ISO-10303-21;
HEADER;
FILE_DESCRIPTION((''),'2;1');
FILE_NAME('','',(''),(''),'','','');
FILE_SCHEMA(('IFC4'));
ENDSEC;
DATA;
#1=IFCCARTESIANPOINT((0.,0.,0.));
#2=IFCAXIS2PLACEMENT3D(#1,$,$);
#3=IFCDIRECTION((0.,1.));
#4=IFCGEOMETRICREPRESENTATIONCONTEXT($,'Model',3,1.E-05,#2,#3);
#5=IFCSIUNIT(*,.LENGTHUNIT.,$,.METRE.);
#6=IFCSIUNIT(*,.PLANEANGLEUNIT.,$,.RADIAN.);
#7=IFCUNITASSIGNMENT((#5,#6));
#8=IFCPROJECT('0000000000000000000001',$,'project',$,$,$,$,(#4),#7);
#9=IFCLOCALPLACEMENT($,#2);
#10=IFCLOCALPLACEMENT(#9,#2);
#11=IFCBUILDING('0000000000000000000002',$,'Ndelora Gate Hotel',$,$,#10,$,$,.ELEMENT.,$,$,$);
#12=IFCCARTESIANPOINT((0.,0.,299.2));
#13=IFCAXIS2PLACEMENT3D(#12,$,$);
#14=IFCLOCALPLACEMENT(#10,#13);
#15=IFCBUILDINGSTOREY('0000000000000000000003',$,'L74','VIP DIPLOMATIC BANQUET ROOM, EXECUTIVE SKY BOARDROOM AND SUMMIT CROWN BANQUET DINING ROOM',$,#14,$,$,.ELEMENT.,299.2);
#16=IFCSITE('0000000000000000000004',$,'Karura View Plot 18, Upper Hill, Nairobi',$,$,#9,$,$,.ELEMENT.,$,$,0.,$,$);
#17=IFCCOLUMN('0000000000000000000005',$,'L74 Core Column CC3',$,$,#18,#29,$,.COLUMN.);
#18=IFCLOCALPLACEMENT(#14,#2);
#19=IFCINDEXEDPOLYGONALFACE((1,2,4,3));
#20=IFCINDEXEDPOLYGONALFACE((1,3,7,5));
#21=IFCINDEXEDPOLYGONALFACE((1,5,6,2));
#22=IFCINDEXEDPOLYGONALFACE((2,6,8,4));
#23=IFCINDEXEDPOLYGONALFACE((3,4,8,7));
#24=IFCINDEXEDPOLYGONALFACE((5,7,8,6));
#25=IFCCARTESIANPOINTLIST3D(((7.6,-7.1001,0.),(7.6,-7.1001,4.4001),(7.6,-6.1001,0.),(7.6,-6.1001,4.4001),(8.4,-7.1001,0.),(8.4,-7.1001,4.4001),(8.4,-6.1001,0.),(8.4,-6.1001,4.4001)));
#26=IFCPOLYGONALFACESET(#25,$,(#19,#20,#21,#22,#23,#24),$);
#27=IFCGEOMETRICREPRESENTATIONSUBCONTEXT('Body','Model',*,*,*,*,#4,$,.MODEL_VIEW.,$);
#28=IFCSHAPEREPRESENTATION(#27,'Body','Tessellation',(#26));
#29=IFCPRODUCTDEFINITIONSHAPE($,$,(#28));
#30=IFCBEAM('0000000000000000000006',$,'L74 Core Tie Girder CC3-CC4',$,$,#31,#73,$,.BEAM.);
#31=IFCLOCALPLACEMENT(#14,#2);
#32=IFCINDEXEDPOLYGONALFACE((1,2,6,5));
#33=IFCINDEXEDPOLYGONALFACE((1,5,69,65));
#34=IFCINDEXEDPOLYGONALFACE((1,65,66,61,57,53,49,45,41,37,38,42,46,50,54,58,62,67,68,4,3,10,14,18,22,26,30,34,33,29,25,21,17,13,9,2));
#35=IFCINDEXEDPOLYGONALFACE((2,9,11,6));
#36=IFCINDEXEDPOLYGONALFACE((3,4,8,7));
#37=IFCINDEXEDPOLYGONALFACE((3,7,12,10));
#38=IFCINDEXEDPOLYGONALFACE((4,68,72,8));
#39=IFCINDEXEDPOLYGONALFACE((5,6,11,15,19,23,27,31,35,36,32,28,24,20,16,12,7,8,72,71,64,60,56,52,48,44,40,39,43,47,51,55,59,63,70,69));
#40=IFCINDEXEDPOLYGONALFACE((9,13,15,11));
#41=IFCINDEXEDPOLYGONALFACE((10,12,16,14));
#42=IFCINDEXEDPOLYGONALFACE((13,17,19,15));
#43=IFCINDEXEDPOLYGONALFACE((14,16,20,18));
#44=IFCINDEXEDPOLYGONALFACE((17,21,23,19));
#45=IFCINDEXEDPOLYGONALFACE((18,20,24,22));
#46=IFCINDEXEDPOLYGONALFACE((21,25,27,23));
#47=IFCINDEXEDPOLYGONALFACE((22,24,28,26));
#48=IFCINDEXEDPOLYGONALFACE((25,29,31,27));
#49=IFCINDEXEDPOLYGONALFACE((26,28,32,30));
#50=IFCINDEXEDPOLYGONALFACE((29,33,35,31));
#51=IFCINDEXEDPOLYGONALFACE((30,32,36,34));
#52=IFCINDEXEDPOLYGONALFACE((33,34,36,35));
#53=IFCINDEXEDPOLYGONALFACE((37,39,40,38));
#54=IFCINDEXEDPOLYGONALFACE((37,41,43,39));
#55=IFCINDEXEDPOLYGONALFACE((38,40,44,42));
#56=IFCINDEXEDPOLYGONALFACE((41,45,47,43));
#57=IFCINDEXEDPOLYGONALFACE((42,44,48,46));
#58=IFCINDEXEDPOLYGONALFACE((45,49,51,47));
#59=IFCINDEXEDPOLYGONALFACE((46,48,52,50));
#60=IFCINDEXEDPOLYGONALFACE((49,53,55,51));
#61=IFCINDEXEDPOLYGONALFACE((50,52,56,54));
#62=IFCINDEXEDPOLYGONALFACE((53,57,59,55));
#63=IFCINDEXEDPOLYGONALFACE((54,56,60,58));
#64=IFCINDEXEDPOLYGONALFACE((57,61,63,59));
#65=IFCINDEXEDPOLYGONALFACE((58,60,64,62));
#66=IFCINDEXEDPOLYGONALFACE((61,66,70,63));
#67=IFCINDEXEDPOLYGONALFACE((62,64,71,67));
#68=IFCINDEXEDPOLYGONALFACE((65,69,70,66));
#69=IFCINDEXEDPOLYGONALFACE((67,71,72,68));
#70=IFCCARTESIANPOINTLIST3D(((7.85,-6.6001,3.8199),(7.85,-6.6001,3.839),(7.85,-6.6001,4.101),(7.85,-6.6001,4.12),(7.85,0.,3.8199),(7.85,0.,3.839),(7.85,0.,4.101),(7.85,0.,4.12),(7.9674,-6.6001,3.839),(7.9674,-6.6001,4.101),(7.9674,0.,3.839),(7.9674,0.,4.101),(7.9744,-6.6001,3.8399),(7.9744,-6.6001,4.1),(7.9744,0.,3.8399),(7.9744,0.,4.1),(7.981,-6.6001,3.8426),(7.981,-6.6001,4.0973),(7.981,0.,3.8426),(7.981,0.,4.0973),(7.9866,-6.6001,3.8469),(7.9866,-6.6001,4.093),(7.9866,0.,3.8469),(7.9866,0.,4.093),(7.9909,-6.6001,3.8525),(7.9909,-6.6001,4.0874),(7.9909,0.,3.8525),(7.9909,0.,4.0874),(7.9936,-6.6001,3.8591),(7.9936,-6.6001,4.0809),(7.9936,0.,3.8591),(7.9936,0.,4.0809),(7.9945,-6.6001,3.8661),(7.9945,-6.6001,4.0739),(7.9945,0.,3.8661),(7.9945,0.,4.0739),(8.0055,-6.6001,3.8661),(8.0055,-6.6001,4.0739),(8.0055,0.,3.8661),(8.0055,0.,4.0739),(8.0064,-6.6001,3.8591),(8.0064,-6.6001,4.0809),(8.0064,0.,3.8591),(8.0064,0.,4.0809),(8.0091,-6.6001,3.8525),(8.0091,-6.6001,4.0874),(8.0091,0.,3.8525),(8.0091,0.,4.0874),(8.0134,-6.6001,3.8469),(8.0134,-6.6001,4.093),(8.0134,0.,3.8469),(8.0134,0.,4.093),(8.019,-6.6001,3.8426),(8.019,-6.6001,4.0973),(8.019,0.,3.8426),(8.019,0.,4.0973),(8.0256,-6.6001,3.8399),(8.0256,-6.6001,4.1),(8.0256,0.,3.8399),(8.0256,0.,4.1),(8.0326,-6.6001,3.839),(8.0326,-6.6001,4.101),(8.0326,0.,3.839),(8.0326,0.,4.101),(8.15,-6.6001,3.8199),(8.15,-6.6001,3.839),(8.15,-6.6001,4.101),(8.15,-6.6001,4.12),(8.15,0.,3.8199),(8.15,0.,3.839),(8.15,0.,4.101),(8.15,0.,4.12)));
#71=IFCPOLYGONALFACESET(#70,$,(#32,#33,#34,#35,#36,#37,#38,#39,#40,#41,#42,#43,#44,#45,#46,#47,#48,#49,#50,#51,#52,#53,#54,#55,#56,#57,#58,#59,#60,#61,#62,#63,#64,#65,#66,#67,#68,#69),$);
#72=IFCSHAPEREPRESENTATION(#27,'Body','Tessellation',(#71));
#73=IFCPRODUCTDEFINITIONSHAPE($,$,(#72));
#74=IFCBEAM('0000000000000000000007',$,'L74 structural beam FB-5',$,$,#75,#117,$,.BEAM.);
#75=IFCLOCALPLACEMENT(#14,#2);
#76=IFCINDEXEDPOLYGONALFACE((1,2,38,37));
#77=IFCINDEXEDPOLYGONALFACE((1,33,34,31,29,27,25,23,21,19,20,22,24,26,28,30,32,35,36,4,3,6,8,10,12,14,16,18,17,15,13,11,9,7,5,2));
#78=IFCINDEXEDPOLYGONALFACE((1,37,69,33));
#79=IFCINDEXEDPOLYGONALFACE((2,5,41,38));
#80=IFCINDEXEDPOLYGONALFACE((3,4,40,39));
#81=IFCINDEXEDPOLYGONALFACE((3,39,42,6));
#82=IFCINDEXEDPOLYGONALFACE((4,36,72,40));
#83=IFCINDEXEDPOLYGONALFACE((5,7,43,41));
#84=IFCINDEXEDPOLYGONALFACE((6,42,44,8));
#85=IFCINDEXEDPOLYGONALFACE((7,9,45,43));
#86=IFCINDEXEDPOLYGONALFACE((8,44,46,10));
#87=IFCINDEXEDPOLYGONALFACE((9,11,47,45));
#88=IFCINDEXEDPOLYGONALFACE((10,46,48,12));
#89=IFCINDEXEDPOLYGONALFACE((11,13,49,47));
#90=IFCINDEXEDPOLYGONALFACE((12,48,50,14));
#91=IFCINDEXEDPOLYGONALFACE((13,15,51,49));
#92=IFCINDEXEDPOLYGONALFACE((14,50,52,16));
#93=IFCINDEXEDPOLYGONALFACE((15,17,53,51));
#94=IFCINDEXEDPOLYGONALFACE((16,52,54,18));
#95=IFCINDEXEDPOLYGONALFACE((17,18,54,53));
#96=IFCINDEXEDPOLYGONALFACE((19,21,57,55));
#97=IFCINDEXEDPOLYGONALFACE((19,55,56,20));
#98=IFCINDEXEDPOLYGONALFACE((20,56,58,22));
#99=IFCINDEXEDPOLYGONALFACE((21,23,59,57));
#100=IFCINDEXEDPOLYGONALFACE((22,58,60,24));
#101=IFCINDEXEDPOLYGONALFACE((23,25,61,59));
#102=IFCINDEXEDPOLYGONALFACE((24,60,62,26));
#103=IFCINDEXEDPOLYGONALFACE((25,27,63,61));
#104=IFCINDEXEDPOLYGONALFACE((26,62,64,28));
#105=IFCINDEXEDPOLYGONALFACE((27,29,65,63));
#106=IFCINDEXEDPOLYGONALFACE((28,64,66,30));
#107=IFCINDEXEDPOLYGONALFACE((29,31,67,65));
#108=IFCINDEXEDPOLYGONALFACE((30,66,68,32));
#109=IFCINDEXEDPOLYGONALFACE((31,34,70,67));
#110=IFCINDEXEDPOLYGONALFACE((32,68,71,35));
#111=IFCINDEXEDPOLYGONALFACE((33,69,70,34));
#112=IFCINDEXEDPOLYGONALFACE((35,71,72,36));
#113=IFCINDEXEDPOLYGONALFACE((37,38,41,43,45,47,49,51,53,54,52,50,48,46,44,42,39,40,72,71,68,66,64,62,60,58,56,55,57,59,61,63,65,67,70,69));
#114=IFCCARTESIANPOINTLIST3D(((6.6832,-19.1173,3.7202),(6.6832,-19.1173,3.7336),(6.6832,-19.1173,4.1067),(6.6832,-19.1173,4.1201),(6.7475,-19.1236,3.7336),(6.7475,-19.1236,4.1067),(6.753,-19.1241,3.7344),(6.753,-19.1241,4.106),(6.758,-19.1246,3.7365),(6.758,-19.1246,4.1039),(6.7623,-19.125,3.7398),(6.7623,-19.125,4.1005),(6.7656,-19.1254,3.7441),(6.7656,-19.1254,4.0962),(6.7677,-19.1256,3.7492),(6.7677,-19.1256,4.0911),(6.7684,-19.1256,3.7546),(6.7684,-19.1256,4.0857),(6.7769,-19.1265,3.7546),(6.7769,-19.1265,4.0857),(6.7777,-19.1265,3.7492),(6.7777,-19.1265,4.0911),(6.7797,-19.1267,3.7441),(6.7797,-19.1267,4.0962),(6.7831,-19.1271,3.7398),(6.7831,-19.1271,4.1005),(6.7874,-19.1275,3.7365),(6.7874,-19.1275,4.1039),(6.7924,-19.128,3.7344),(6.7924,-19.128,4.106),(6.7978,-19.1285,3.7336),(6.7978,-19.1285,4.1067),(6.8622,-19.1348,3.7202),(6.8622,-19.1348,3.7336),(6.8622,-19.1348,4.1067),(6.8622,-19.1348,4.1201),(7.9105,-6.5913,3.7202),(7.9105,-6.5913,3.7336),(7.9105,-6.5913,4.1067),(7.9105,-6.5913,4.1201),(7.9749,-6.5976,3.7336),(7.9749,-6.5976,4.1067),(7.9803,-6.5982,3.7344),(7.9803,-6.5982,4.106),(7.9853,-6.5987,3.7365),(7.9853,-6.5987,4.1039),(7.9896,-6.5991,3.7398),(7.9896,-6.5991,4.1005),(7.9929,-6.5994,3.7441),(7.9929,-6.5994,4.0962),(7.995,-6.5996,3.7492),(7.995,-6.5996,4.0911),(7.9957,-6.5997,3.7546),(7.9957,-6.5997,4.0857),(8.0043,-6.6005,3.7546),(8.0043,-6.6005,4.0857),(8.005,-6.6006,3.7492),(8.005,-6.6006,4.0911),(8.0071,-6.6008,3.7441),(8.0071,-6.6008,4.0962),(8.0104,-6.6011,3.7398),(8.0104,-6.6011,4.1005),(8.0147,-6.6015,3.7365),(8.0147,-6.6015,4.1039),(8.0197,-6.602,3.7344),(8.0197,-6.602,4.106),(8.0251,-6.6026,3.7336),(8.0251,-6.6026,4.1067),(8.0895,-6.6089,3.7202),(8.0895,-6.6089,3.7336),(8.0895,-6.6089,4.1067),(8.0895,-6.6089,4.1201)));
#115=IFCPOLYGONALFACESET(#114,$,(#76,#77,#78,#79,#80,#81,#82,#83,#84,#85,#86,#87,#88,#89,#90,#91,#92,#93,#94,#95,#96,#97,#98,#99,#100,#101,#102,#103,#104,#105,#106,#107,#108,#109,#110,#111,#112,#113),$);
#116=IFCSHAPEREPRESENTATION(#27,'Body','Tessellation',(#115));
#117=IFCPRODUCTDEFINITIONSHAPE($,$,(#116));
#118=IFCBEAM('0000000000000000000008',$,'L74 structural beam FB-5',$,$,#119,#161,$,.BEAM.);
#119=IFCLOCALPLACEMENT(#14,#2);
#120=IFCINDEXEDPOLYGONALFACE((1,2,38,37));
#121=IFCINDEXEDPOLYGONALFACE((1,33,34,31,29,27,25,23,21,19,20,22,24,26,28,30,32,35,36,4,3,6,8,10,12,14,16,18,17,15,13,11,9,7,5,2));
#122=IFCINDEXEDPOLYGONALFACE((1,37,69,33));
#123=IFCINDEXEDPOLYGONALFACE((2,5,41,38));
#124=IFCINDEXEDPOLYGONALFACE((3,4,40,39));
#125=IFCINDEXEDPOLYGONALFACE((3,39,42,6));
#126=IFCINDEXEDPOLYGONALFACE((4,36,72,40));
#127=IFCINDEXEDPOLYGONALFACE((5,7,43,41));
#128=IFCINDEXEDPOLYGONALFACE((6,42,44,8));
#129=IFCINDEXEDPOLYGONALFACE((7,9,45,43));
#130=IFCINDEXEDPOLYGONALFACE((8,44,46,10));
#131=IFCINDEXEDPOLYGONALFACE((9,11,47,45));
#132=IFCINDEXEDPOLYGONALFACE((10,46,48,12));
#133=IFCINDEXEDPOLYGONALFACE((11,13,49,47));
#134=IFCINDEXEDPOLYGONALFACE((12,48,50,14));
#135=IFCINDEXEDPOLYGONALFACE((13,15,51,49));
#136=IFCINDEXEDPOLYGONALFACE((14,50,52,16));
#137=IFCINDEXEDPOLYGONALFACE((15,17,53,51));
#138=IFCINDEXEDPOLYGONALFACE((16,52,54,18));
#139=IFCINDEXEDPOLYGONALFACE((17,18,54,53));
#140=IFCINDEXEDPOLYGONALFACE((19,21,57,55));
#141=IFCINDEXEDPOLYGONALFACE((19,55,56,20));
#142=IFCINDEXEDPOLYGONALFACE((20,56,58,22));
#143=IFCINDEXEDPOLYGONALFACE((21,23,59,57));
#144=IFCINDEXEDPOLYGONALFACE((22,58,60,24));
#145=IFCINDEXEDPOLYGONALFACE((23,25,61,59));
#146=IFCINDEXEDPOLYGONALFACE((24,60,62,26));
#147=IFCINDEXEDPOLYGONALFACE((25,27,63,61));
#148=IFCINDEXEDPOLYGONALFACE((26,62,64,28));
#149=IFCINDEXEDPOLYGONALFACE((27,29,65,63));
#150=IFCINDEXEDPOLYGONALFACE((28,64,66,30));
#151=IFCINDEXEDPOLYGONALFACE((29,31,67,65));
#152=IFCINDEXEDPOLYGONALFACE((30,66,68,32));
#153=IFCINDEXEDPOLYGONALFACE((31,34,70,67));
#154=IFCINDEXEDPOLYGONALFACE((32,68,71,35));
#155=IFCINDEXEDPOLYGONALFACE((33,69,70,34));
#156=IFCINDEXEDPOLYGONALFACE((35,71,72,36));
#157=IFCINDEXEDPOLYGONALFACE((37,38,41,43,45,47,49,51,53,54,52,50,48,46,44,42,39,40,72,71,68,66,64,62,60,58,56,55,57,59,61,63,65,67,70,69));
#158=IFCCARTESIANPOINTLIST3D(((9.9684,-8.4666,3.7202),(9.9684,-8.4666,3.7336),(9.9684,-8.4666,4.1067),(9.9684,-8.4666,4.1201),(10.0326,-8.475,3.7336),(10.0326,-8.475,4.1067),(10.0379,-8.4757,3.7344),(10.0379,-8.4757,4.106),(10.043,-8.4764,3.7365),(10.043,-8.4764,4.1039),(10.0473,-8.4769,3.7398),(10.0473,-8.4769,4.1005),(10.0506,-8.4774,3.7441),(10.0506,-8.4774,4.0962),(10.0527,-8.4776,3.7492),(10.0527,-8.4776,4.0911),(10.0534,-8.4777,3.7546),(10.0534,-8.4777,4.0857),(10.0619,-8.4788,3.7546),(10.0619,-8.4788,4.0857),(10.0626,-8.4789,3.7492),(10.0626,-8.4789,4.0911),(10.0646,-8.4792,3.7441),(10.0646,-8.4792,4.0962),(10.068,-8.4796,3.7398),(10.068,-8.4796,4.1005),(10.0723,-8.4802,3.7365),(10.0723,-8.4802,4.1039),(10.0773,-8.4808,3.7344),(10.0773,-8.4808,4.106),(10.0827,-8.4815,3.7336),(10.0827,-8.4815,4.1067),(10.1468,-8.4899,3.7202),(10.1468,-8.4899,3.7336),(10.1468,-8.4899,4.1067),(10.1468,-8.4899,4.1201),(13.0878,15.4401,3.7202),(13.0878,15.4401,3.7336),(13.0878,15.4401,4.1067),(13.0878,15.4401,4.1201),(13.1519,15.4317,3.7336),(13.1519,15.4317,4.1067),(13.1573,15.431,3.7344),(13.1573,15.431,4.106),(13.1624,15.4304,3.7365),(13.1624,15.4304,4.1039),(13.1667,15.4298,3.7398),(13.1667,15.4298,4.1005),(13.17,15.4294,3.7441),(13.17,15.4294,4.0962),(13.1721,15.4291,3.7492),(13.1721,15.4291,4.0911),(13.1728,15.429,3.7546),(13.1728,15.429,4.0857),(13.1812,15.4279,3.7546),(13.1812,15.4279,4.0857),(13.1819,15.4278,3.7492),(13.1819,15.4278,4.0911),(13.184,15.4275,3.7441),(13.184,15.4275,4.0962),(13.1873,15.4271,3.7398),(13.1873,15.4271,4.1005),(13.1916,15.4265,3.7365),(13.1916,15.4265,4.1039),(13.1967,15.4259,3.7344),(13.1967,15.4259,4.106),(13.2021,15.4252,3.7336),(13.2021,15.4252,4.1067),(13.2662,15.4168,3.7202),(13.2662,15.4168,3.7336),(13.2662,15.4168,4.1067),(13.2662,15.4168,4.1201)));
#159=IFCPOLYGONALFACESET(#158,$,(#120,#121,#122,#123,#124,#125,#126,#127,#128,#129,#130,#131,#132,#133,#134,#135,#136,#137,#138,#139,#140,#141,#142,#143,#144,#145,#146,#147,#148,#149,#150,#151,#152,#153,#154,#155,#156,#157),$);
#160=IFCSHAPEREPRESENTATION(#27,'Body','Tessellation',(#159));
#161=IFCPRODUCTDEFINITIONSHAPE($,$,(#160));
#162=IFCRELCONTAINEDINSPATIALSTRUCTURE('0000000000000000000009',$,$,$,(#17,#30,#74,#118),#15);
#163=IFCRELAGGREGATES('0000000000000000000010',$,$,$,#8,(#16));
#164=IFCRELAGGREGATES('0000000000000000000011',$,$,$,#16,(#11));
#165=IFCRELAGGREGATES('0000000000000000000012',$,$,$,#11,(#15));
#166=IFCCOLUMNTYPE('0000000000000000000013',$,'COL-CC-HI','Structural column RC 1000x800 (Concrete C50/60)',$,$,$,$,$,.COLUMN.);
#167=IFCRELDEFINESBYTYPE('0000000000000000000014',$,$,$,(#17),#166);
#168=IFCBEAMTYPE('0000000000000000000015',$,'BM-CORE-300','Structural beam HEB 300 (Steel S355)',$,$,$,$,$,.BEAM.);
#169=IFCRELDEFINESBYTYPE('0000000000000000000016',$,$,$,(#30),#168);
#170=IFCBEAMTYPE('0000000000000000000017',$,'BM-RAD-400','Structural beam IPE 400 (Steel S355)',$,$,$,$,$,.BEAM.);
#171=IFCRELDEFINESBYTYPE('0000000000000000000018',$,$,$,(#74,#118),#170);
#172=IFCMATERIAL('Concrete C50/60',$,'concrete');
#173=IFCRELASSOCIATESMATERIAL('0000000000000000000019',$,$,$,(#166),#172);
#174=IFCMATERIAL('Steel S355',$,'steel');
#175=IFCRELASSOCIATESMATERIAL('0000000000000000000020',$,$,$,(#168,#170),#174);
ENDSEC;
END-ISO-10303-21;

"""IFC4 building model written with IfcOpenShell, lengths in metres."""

from ifc_helpers import new_model, si_unit, direction, frame, origin, origin_2d, place, context, subcontext, project, spatial, rectangle, i_section, extrude, material, material_profile, profile_set, type_object, element, save


model = new_model("IFC4")

# Units and contexts
model_context = context("Model", 3, precision=1e-05, world=origin(), true_north=direction((0.0, 1.0)))
body_context = subcontext(model_context, "Body", "Model", "MODEL_VIEW")
ifc_project = project(units=[si_unit("LENGTHUNIT", "METRE"), si_unit("PLANEANGLEUNIT", "RADIAN")], contexts=[model_context])

# Site, building, storey
site_placement = place(None, origin())
site = spatial("IfcSite", under=ifc_project, at=site_placement, Name="Karura View Plot 18, Upper Hill, Nairobi", CompositionType="ELEMENT", RefElevation=0.0)
building_placement = place(site_placement, origin())
building = spatial("IfcBuilding", under=site, at=building_placement, Name="Ndelora Gate Hotel", CompositionType="ELEMENT")
storey_placement = place(building_placement, frame((0.0, 0.0, 299.2)))
storey = spatial("IfcBuildingStorey", under=building, at=storey_placement, Name="L74", Description="VIP DIPLOMATIC BANQUET ROOM, EXECUTIVE SKY BOARDROOM AND SUMMIT CROWN BANQUET DINING ROOM", CompositionType="ELEMENT", Elevation=299.2)

# Column
ifc_material_1 = material(Name="Concrete C50/60", Category="concrete")
ifc_material_profile_1 = material_profile(ifc_material_1, rectangle(XDim=0.8, YDim=1.0, at=origin_2d()), Name="RC 1000x800")
ifc_profile_set_1 = profile_set([ifc_material_profile_1], Name="Concrete C50/60")
column_type = type_object("IfcColumnType", Name="COL-CC-HI", Description="Structural column RC 1000x800 (Concrete C50/60)", PredefinedType="COLUMN", material=ifc_profile_set_1)
column_placement = place(storey_placement, frame((8.0, -6.6001, 0.0), z_axis=(0.0, 0.0, 1.0), x_axis=(1.0, 0.0, 0.0)))
element("IfcColumn", 1, at=column_placement, inside=storey, type_object=column_type, Name="L74 Core Column CC3", PredefinedType="COLUMN", context=body_context, shape_type="SweptSolid", body=[
    extrude(rectangle(XDim=0.8, YDim=1.0, at=origin_2d()), origin(), (0.0, 0.0, 1.0), 4.4001),
])

# Beams
ifc_material_2 = material(Name="Steel S355", Category="steel")
ifc_material_profile_2 = material_profile(ifc_material_2, i_section(OverallWidth=0.3, OverallDepth=0.3, WebThickness=0.011, FlangeThickness=0.019, FilletRadius=0.0271, at=origin_2d()), Name="HEB 300")
ifc_profile_set_2 = profile_set([ifc_material_profile_2], Name="Steel S355")
beam_type_1 = type_object("IfcBeamType", Name="BM-CORE-300", Description="Structural beam HEB 300 (Steel S355)", PredefinedType="BEAM", material=ifc_profile_set_2)
beam_1_placement = place(storey_placement, frame((8.0, -6.6001, 3.97), z_axis=(0.0, 1.0, 0.0), x_axis=(-1.0, 0.0, 0.0)))
element("IfcBeam", 2, at=beam_1_placement, inside=storey, type_object=beam_type_1, Name="L74 Core Tie Girder CC3-CC4", PredefinedType="BEAM", context=body_context, shape_type="SweptSolid", body=[
    extrude(i_section(OverallWidth=0.3, OverallDepth=0.3, WebThickness=0.011, FlangeThickness=0.019, FilletRadius=0.0271, at=origin_2d()), origin(), (0.0, 0.0, 1.0), 6.6001),
])
ifc_material_profile_3 = material_profile(ifc_material_2, i_section(OverallWidth=0.1799, OverallDepth=0.3999, WebThickness=0.0085, FlangeThickness=0.0134, FilletRadius=0.021, at=origin_2d()), Name="IPE 400")
ifc_profile_set_3 = profile_set([ifc_material_profile_3], Name="Steel S355")
beam_type_2 = type_object("IfcBeamType", Name="BM-RAD-400", Description="Structural beam IPE 400 (Steel S355)", PredefinedType="BEAM", material=ifc_profile_set_3)
beam_2_placement = place(storey_placement, frame((8.0, -6.6001, 3.9202), z_axis=(-0.097514, -0.995234, 0.0), x_axis=(0.995234, -0.097514, 0.0)))
element("IfcBeam", 3, at=beam_2_placement, inside=storey, type_object=beam_type_2, Name="L74 structural beam FB-5", PredefinedType="BEAM", context=body_context, shape_type="SweptSolid", body=[
    extrude(i_section(OverallWidth=0.1799, OverallDepth=0.3999, WebThickness=0.0085, FlangeThickness=0.0134, FilletRadius=0.021, at=origin_2d()), origin(), (0.0, 0.0, 1.0), 12.5859),
])
beam_3_placement = place(storey_placement, frame((10.0576, -8.4783, 3.9202), z_axis=(0.129385, 0.991594, 0.0), x_axis=(-0.991594, 0.129385, 0.0)))
element("IfcBeam", 4, at=beam_3_placement, inside=storey, type_object=beam_type_2, Name="L74 structural beam FB-5", PredefinedType="BEAM", context=body_context, shape_type="SweptSolid", body=[
    extrude(i_section(OverallWidth=0.1799, OverallDepth=0.3999, WebThickness=0.0085, FlangeThickness=0.0134, FilletRadius=0.021, at=origin_2d()), origin(), (0.0, 0.0, 1.0), 24.1094),
])

save(model, "model.ifc")
